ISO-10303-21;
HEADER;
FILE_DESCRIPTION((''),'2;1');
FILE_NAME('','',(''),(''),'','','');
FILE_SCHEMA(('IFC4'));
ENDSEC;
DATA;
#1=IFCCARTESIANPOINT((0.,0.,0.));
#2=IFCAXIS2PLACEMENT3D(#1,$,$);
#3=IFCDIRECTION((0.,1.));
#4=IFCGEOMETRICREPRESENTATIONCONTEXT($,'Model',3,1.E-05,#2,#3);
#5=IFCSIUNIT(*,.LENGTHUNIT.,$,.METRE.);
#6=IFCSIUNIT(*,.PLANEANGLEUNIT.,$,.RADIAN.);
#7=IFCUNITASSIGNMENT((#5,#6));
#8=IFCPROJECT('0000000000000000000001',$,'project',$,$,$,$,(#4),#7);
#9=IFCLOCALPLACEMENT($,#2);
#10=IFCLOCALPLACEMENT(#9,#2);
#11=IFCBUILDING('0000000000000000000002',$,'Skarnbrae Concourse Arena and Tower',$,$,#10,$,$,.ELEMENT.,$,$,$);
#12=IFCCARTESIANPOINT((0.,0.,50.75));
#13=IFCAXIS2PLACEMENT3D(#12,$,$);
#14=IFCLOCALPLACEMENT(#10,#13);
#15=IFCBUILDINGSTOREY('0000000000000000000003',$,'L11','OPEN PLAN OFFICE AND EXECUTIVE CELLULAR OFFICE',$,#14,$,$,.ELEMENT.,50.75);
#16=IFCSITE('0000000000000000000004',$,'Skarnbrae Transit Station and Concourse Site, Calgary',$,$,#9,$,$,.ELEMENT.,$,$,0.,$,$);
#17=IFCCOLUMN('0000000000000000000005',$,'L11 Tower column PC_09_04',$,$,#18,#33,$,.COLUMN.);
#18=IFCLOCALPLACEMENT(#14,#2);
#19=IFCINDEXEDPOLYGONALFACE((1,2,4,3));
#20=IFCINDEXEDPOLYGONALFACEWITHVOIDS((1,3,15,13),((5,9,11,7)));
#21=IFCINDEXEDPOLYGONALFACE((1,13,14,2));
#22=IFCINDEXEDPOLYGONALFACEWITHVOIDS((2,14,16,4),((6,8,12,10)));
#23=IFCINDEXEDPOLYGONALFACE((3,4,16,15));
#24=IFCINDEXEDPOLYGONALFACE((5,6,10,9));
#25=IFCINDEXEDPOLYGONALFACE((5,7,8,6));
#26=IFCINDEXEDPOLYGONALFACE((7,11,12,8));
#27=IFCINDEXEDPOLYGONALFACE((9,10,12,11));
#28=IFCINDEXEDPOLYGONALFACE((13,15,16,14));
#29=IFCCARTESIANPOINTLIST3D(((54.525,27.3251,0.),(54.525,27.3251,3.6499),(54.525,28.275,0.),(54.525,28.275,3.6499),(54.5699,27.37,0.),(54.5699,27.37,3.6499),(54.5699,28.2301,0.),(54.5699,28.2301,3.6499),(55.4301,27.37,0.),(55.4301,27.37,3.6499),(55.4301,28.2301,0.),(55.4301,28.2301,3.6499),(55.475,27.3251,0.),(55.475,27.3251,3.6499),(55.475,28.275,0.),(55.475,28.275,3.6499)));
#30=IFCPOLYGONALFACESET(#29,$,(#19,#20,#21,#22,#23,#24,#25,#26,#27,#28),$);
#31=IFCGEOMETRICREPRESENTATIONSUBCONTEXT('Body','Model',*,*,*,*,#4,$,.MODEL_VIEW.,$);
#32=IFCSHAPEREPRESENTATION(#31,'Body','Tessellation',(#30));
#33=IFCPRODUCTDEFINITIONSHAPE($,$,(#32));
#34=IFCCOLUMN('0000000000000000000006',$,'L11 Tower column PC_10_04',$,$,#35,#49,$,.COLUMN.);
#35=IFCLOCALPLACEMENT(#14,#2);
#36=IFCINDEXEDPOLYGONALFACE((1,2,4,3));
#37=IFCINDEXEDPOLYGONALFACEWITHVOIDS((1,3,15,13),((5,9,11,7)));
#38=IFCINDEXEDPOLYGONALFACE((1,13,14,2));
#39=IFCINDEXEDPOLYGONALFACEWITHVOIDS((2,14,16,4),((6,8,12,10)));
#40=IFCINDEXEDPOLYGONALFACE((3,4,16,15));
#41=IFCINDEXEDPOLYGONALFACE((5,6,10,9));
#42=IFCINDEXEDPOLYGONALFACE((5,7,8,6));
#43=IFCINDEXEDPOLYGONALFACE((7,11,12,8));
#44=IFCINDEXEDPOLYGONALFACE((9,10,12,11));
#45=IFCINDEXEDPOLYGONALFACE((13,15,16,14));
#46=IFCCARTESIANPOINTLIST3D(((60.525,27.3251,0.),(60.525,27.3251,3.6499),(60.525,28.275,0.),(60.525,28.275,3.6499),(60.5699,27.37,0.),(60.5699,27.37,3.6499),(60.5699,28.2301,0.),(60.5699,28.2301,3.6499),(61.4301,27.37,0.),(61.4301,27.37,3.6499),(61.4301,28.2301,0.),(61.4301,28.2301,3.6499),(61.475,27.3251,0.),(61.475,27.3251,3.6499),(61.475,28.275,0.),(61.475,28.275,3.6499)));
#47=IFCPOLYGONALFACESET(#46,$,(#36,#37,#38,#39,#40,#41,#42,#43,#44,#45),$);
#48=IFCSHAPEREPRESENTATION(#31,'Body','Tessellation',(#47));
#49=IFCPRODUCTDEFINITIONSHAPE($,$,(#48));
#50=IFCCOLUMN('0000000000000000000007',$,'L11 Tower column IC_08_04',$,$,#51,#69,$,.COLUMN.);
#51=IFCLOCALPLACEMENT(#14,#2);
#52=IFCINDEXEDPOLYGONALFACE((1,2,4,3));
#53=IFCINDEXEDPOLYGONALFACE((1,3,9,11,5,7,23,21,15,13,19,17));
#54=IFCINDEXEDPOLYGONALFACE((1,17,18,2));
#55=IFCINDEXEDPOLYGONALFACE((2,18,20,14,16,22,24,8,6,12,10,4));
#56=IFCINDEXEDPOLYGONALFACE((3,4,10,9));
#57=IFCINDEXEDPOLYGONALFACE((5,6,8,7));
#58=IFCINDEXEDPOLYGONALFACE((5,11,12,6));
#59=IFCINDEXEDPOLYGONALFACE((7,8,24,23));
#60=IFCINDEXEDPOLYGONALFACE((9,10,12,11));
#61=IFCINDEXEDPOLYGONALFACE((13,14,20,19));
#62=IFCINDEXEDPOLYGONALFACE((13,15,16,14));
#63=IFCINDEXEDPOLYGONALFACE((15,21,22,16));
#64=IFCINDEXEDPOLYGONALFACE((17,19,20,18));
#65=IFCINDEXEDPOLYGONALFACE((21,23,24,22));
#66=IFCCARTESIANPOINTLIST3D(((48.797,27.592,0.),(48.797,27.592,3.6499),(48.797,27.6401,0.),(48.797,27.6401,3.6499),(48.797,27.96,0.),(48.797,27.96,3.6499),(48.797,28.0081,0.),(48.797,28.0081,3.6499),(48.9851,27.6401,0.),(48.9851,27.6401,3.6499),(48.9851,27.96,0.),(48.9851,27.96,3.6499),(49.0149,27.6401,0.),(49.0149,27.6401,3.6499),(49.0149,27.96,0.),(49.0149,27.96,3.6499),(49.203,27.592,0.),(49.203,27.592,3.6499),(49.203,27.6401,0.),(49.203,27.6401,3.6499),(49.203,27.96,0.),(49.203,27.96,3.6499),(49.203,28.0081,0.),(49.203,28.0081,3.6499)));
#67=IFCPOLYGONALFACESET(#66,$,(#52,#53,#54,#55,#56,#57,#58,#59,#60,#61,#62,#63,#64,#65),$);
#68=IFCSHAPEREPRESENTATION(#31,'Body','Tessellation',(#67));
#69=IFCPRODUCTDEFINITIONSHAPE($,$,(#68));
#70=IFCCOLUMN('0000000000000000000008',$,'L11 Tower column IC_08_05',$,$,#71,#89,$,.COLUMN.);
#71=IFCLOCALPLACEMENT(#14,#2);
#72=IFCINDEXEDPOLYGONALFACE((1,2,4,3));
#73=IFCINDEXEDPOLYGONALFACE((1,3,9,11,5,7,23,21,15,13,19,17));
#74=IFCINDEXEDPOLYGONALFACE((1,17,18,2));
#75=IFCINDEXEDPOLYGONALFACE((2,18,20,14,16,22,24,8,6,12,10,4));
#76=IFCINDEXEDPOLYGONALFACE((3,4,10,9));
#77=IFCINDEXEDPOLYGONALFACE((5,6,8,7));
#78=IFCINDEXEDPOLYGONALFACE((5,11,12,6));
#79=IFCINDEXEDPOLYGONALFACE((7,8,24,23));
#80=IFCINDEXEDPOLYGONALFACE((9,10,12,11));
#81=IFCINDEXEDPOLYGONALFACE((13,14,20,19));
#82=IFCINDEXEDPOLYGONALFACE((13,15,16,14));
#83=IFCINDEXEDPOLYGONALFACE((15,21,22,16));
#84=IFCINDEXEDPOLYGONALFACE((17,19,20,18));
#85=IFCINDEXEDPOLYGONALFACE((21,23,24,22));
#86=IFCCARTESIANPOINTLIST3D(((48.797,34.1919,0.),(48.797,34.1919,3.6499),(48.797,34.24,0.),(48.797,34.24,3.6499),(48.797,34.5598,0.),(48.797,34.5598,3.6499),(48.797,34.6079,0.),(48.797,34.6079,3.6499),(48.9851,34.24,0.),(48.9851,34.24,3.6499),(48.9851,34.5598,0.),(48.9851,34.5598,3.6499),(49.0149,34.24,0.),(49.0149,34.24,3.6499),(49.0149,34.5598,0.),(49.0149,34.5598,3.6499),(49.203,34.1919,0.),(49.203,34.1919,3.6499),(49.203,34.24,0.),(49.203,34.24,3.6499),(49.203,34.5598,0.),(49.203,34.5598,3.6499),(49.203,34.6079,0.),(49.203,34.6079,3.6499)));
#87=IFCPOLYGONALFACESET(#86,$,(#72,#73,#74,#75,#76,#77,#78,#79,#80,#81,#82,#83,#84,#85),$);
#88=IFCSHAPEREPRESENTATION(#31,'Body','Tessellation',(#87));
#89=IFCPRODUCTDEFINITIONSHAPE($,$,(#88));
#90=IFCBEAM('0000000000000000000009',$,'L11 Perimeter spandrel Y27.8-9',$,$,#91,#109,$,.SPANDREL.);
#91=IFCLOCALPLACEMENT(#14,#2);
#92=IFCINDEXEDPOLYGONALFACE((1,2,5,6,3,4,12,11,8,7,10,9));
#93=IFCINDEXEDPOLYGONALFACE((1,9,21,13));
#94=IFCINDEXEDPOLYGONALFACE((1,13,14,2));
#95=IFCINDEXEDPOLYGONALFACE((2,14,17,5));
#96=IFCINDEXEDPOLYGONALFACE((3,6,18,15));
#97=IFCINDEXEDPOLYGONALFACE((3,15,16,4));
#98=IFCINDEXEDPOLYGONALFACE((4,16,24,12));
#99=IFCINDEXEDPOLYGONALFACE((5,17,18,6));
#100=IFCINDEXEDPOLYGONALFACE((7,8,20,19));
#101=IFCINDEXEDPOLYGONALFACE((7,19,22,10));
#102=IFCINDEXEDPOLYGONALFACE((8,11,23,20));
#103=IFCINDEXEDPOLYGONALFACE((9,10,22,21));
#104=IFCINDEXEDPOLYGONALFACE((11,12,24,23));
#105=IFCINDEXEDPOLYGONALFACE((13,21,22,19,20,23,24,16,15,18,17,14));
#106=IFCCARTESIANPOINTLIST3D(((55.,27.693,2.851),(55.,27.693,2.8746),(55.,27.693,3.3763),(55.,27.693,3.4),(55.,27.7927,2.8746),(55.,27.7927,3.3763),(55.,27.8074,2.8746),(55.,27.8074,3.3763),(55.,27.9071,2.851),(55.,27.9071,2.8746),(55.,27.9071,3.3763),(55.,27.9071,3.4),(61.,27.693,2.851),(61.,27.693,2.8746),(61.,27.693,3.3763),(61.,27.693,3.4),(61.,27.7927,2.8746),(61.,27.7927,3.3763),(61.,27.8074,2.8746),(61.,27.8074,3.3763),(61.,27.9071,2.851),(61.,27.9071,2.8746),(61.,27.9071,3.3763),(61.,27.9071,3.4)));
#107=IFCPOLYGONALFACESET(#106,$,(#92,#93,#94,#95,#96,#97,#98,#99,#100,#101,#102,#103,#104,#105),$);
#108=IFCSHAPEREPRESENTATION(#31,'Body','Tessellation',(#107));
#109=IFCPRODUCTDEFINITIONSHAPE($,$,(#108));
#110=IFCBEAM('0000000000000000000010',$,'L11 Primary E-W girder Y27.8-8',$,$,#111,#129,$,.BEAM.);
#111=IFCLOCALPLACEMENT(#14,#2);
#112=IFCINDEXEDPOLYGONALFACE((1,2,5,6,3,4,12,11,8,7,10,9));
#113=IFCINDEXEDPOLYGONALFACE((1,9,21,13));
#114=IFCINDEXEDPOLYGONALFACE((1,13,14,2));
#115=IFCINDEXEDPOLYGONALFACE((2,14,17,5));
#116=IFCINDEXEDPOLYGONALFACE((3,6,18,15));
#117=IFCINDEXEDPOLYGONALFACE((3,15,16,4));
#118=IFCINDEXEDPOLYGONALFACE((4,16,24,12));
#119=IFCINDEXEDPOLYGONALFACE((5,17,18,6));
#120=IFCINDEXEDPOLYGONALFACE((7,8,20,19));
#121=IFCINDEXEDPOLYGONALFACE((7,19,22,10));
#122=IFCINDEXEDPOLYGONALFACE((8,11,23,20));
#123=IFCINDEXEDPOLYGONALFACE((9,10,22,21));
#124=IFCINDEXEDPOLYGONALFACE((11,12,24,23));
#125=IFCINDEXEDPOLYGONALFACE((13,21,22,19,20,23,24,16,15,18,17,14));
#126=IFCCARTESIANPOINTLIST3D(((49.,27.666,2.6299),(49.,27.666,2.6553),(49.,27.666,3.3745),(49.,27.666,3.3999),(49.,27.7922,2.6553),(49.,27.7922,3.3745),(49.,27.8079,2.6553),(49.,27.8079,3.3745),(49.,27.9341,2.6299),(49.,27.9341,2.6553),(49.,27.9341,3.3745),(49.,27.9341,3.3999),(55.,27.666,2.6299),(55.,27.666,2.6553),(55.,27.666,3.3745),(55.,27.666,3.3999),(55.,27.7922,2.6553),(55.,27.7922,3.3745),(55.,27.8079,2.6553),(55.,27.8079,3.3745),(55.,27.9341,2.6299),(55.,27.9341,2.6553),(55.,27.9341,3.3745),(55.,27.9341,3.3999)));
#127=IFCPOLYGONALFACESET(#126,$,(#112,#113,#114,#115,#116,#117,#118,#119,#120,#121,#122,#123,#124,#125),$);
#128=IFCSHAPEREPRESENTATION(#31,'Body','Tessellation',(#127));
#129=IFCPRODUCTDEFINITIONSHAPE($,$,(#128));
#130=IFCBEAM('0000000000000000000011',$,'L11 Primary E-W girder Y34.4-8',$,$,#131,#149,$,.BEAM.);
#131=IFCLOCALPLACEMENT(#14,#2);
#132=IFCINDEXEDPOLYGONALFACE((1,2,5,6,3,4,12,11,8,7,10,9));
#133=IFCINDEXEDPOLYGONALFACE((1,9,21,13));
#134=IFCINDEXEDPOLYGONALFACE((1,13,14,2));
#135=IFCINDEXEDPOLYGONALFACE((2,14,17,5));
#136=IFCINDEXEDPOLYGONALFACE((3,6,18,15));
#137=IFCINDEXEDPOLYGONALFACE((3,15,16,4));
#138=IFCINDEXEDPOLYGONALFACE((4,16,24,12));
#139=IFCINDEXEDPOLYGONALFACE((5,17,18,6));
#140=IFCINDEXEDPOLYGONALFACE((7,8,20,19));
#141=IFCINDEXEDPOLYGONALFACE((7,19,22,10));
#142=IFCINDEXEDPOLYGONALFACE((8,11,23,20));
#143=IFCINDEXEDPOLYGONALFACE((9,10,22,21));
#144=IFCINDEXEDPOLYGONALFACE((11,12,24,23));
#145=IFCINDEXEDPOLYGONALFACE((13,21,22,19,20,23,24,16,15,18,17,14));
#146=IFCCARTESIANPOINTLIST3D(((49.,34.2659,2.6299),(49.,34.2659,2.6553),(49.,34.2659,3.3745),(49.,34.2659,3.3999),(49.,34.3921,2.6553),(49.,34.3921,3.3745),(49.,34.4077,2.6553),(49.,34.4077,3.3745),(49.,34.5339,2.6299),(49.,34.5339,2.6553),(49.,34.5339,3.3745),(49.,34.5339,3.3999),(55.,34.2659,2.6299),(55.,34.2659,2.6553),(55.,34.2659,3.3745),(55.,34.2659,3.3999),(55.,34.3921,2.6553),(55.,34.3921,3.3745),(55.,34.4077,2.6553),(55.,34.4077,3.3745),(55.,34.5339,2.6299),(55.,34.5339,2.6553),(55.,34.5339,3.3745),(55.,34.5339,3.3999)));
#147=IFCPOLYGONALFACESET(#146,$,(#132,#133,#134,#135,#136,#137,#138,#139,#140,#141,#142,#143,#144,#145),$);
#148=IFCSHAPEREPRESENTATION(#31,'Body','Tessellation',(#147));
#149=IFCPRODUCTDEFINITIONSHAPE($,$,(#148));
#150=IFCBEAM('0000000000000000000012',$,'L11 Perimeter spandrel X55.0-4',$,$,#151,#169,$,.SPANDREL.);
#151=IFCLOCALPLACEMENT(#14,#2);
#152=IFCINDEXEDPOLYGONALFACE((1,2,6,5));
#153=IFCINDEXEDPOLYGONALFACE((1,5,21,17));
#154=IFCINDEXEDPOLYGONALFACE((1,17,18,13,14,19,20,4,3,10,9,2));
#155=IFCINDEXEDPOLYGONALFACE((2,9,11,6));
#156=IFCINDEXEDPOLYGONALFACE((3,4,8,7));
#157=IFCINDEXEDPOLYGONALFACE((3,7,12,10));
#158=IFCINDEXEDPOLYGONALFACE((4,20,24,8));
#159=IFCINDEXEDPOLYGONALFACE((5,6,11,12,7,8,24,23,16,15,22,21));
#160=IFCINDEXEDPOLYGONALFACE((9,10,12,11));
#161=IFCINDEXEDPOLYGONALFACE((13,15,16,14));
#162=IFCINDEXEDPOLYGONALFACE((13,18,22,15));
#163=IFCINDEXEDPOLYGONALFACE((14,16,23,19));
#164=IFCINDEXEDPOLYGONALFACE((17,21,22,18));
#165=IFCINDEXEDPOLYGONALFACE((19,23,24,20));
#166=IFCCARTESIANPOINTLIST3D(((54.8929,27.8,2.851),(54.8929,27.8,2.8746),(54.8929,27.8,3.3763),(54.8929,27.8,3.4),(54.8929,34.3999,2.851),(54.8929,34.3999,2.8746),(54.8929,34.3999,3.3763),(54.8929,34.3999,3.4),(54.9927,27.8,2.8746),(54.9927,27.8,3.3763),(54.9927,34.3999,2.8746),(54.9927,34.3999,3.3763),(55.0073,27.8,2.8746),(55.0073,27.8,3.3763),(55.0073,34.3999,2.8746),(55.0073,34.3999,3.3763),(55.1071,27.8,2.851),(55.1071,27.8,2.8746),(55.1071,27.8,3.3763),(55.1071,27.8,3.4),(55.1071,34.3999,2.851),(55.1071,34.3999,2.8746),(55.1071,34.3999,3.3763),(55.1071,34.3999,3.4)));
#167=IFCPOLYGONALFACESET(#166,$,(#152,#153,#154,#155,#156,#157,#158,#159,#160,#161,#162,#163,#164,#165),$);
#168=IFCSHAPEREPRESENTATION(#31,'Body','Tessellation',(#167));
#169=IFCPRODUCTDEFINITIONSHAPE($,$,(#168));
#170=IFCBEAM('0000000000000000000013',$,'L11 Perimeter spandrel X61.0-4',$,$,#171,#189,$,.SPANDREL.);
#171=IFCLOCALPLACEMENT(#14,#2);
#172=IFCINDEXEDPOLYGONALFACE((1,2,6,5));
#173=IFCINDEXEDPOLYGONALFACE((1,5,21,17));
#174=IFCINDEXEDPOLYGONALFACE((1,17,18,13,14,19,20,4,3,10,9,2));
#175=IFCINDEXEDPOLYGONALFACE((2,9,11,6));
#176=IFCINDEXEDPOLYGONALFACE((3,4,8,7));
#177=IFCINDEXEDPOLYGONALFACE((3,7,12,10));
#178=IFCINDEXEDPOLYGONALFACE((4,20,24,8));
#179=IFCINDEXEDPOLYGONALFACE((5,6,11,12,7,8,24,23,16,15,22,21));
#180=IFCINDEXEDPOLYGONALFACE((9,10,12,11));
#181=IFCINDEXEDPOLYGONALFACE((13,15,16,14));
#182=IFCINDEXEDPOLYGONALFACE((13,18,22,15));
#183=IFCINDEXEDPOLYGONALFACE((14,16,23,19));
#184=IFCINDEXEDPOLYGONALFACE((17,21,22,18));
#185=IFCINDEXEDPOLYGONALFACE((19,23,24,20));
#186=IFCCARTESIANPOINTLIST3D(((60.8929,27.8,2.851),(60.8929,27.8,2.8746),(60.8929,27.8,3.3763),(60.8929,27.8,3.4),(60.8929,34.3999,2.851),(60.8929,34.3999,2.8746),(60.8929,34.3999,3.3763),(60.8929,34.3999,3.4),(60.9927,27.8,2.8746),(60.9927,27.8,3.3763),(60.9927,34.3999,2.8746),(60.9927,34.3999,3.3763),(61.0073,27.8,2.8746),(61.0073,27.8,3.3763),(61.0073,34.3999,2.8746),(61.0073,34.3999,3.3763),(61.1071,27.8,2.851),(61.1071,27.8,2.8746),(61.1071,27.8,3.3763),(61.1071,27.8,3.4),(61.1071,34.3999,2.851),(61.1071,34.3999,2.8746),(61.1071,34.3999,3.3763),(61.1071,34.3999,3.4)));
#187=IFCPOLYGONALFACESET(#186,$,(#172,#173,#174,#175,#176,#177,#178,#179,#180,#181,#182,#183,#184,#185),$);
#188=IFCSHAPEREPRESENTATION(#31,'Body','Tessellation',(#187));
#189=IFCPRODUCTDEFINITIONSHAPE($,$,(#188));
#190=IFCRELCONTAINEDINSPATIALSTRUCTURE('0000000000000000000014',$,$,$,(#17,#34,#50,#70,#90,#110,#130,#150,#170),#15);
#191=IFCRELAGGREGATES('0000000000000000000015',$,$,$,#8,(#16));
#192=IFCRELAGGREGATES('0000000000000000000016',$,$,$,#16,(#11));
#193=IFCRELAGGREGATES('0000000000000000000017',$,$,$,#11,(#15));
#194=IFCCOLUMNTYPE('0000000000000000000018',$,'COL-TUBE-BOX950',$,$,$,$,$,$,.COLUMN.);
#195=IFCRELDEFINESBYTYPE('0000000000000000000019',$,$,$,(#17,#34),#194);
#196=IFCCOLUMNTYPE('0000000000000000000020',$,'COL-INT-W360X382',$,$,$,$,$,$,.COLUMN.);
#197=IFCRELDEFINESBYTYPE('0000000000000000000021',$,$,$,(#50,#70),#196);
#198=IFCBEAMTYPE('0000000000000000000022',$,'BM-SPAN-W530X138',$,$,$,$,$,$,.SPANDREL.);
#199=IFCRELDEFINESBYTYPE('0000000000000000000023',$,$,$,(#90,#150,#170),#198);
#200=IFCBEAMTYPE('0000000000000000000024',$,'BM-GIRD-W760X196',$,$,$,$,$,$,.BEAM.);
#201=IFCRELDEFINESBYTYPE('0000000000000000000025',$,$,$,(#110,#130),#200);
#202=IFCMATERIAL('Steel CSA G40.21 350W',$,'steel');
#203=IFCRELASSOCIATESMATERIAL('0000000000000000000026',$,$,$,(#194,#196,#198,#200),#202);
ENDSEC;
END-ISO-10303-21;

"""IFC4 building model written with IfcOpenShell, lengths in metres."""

from ifc_helpers import new_model, si_unit, direction, frame, origin, origin_2d, place, context, subcontext, project, spatial, hollow_rectangle, i_section, extrude, source, transform, mapped, material, material_profile, profile_set, type_object, element, save


model = new_model("IFC4")

# Units and contexts
model_context = context("Model", 3, precision=1e-05, world=origin(), true_north=direction((0.0, 1.0)))
body_context = subcontext(model_context, "Body", "Model", "MODEL_VIEW")
ifc_project = project(units=[si_unit("LENGTHUNIT", "METRE"), si_unit("PLANEANGLEUNIT", "RADIAN")], contexts=[model_context])

# Site, building, storey
site_placement = place(None, origin())
site = spatial("IfcSite", under=ifc_project, at=site_placement, Name="Skarnbrae Transit Station and Concourse Site, Calgary", CompositionType="ELEMENT", RefElevation=0.0)
building_placement = place(site_placement, origin())
building = spatial("IfcBuilding", under=site, at=building_placement, Name="Skarnbrae Concourse Arena and Tower", CompositionType="ELEMENT")
storey_placement = place(building_placement, frame((0.0, 0.0, 50.75)))
storey = spatial("IfcBuildingStorey", under=building, at=storey_placement, Name="L11", Description="OPEN PLAN OFFICE AND EXECUTIVE CELLULAR OFFICE", CompositionType="ELEMENT", Elevation=50.75)

# Columns
ifc_material_1 = material(Name="Steel CSA G40.21 350W", Category="steel")
ifc_material_profile_1 = material_profile(ifc_material_1, hollow_rectangle(XDim=0.95, YDim=0.95, WallThickness=0.0449, at=origin_2d()), Name="BOX950X950X45")
ifc_profile_set_1 = profile_set([ifc_material_profile_1], Name="Steel CSA G40.21 350W")
column_type_1 = type_object("IfcColumnType", Name="COL-TUBE-BOX950", PredefinedType="COLUMN", material=ifc_profile_set_1)
shared_shape_1 = source(origin(), body_context, "Body", "SweptSolid", [
    extrude(hollow_rectangle(XDim=0.95, YDim=0.95, WallThickness=0.0449, at=origin_2d()), origin(), (0.0, 0.0, 1.0), 3.6499),
])
for number, where, z_axis, x_axis, name in (
    (1, (55.0, 27.8, 0.0), (0.0, 0.0, 1.0), (1.0, 0.0, 0.0), "L11 Tower column PC_09_04"),
    (2, (61.0, 27.8, 0.0), (0.0, 0.0, 1.0), (1.0, 0.0, 0.0), "L11 Tower column PC_10_04"),
):
    element("IfcColumn", number, at=place(storey_placement, frame(where, z_axis=z_axis, x_axis=x_axis)), inside=storey, type_object=column_type_1, Name=name, PredefinedType="COLUMN", context=body_context, shape_type="MappedRepresentation", body=[
        mapped(shared_shape_1, transform((0.0, 0.0, 0.0))),
    ])
ifc_material_profile_2 = material_profile(ifc_material_1, i_section(OverallWidth=0.406, OverallDepth=0.416, WebThickness=0.0298, FlangeThickness=0.0481, at=origin_2d()), Name="W360X382")
ifc_profile_set_2 = profile_set([ifc_material_profile_2], Name="Steel CSA G40.21 350W")
column_type_2 = type_object("IfcColumnType", Name="COL-INT-W360X382", PredefinedType="COLUMN", material=ifc_profile_set_2)
shared_shape_2 = source(origin(), body_context, "Body", "SweptSolid", [
    extrude(i_section(OverallWidth=0.406, OverallDepth=0.416, WebThickness=0.0298, FlangeThickness=0.0481, at=origin_2d()), origin(), (0.0, 0.0, 1.0), 3.6499),
])
for number, where, z_axis, x_axis, name in (
    (3, (49.0, 27.8, 0.0), (0.0, 0.0, 1.0), (1.0, 0.0, 0.0), "L11 Tower column IC_08_04"),
    (4, (49.0, 34.3999, 0.0), (0.0, 0.0, 1.0), (1.0, 0.0, 0.0), "L11 Tower column IC_08_05"),
):
    element("IfcColumn", number, at=place(storey_placement, frame(where, z_axis=z_axis, x_axis=x_axis)), inside=storey, type_object=column_type_2, Name=name, PredefinedType="COLUMN", context=body_context, shape_type="MappedRepresentation", body=[
        mapped(shared_shape_2, transform((0.0, 0.0, 0.0))),
    ])

# Beams
ifc_material_profile_3 = material_profile(ifc_material_1, i_section(OverallWidth=0.2141, OverallDepth=0.5491, WebThickness=0.0146, FlangeThickness=0.0237, at=origin_2d()), Name="W530X138")
ifc_profile_set_3 = profile_set([ifc_material_profile_3], Name="Steel CSA G40.21 350W")
beam_type_1 = type_object("IfcBeamType", Name="BM-SPAN-W530X138", PredefinedType="SPANDREL", material=ifc_profile_set_3)
shared_shape_3 = source(origin(), body_context, "Body", "SweptSolid", [
    extrude(i_section(OverallWidth=0.2141, OverallDepth=0.5491, WebThickness=0.0146, FlangeThickness=0.0237, at=origin_2d()), origin(), (0.0, 0.0, 1.0), 6.0),
])
beam_1_placement = place(storey_placement, frame((55.0, 27.8, 3.1255), z_axis=(1.0, 0.0, 0.0), x_axis=(0.0, 1.0, 0.0)))
element("IfcBeam", 5, at=beam_1_placement, inside=storey, type_object=beam_type_1, Name="L11 Perimeter spandrel Y27.8-9", PredefinedType="SPANDREL", context=body_context, shape_type="MappedRepresentation", body=[
    mapped(shared_shape_3, transform((0.0, 0.0, 0.0))),
])
ifc_material_profile_4 = material_profile(ifc_material_1, i_section(OverallWidth=0.2681, OverallDepth=0.77, WebThickness=0.0156, FlangeThickness=0.0254, at=origin_2d()), Name="W760X196")
ifc_profile_set_4 = profile_set([ifc_material_profile_4], Name="Steel CSA G40.21 350W")
beam_type_2 = type_object("IfcBeamType", Name="BM-GIRD-W760X196", PredefinedType="BEAM", material=ifc_profile_set_4)
shared_shape_4 = source(origin(), body_context, "Body", "SweptSolid", [
    extrude(i_section(OverallWidth=0.2681, OverallDepth=0.77, WebThickness=0.0156, FlangeThickness=0.0254, at=origin_2d()), origin(), (0.0, 0.0, 1.0), 6.0),
])
for number, where, z_axis, x_axis, name in (
    (6, (49.0, 27.8, 3.0149), (1.0, 0.0, 0.0), (0.0, 1.0, 0.0), "L11 Primary E-W girder Y27.8-8"),
    (7, (49.0, 34.3999, 3.0149), (1.0, 0.0, 0.0), (0.0, 1.0, 0.0), "L11 Primary E-W girder Y34.4-8"),
):
    element("IfcBeam", number, at=place(storey_placement, frame(where, z_axis=z_axis, x_axis=x_axis)), inside=storey, type_object=beam_type_2, Name=name, PredefinedType="BEAM", context=body_context, shape_type="MappedRepresentation", body=[
        mapped(shared_shape_4, transform((0.0, 0.0, 0.0))),
    ])
shared_shape_5 = source(origin(), body_context, "Body", "SweptSolid", [
    extrude(i_section(OverallWidth=0.2141, OverallDepth=0.5491, WebThickness=0.0146, FlangeThickness=0.0237, at=origin_2d()), origin(), (0.0, 0.0, 1.0), 6.5999),
])
for number, where, z_axis, x_axis, name in (
    (8, (55.0, 27.8, 3.1255), (0.0, 1.0, 0.0), (-1.0, 0.0, 0.0), "L11 Perimeter spandrel X55.0-4"),
    (9, (61.0, 27.8, 3.1255), (0.0, 1.0, 0.0), (-1.0, 0.0, 0.0), "L11 Perimeter spandrel X61.0-4"),
):
    element("IfcBeam", number, at=place(storey_placement, frame(where, z_axis=z_axis, x_axis=x_axis)), inside=storey, type_object=beam_type_1, Name=name, PredefinedType="SPANDREL", context=body_context, shape_type="MappedRepresentation", body=[
        mapped(shared_shape_5, transform((0.0, 0.0, 0.0))),
    ])

save(model, "model.ifc")
